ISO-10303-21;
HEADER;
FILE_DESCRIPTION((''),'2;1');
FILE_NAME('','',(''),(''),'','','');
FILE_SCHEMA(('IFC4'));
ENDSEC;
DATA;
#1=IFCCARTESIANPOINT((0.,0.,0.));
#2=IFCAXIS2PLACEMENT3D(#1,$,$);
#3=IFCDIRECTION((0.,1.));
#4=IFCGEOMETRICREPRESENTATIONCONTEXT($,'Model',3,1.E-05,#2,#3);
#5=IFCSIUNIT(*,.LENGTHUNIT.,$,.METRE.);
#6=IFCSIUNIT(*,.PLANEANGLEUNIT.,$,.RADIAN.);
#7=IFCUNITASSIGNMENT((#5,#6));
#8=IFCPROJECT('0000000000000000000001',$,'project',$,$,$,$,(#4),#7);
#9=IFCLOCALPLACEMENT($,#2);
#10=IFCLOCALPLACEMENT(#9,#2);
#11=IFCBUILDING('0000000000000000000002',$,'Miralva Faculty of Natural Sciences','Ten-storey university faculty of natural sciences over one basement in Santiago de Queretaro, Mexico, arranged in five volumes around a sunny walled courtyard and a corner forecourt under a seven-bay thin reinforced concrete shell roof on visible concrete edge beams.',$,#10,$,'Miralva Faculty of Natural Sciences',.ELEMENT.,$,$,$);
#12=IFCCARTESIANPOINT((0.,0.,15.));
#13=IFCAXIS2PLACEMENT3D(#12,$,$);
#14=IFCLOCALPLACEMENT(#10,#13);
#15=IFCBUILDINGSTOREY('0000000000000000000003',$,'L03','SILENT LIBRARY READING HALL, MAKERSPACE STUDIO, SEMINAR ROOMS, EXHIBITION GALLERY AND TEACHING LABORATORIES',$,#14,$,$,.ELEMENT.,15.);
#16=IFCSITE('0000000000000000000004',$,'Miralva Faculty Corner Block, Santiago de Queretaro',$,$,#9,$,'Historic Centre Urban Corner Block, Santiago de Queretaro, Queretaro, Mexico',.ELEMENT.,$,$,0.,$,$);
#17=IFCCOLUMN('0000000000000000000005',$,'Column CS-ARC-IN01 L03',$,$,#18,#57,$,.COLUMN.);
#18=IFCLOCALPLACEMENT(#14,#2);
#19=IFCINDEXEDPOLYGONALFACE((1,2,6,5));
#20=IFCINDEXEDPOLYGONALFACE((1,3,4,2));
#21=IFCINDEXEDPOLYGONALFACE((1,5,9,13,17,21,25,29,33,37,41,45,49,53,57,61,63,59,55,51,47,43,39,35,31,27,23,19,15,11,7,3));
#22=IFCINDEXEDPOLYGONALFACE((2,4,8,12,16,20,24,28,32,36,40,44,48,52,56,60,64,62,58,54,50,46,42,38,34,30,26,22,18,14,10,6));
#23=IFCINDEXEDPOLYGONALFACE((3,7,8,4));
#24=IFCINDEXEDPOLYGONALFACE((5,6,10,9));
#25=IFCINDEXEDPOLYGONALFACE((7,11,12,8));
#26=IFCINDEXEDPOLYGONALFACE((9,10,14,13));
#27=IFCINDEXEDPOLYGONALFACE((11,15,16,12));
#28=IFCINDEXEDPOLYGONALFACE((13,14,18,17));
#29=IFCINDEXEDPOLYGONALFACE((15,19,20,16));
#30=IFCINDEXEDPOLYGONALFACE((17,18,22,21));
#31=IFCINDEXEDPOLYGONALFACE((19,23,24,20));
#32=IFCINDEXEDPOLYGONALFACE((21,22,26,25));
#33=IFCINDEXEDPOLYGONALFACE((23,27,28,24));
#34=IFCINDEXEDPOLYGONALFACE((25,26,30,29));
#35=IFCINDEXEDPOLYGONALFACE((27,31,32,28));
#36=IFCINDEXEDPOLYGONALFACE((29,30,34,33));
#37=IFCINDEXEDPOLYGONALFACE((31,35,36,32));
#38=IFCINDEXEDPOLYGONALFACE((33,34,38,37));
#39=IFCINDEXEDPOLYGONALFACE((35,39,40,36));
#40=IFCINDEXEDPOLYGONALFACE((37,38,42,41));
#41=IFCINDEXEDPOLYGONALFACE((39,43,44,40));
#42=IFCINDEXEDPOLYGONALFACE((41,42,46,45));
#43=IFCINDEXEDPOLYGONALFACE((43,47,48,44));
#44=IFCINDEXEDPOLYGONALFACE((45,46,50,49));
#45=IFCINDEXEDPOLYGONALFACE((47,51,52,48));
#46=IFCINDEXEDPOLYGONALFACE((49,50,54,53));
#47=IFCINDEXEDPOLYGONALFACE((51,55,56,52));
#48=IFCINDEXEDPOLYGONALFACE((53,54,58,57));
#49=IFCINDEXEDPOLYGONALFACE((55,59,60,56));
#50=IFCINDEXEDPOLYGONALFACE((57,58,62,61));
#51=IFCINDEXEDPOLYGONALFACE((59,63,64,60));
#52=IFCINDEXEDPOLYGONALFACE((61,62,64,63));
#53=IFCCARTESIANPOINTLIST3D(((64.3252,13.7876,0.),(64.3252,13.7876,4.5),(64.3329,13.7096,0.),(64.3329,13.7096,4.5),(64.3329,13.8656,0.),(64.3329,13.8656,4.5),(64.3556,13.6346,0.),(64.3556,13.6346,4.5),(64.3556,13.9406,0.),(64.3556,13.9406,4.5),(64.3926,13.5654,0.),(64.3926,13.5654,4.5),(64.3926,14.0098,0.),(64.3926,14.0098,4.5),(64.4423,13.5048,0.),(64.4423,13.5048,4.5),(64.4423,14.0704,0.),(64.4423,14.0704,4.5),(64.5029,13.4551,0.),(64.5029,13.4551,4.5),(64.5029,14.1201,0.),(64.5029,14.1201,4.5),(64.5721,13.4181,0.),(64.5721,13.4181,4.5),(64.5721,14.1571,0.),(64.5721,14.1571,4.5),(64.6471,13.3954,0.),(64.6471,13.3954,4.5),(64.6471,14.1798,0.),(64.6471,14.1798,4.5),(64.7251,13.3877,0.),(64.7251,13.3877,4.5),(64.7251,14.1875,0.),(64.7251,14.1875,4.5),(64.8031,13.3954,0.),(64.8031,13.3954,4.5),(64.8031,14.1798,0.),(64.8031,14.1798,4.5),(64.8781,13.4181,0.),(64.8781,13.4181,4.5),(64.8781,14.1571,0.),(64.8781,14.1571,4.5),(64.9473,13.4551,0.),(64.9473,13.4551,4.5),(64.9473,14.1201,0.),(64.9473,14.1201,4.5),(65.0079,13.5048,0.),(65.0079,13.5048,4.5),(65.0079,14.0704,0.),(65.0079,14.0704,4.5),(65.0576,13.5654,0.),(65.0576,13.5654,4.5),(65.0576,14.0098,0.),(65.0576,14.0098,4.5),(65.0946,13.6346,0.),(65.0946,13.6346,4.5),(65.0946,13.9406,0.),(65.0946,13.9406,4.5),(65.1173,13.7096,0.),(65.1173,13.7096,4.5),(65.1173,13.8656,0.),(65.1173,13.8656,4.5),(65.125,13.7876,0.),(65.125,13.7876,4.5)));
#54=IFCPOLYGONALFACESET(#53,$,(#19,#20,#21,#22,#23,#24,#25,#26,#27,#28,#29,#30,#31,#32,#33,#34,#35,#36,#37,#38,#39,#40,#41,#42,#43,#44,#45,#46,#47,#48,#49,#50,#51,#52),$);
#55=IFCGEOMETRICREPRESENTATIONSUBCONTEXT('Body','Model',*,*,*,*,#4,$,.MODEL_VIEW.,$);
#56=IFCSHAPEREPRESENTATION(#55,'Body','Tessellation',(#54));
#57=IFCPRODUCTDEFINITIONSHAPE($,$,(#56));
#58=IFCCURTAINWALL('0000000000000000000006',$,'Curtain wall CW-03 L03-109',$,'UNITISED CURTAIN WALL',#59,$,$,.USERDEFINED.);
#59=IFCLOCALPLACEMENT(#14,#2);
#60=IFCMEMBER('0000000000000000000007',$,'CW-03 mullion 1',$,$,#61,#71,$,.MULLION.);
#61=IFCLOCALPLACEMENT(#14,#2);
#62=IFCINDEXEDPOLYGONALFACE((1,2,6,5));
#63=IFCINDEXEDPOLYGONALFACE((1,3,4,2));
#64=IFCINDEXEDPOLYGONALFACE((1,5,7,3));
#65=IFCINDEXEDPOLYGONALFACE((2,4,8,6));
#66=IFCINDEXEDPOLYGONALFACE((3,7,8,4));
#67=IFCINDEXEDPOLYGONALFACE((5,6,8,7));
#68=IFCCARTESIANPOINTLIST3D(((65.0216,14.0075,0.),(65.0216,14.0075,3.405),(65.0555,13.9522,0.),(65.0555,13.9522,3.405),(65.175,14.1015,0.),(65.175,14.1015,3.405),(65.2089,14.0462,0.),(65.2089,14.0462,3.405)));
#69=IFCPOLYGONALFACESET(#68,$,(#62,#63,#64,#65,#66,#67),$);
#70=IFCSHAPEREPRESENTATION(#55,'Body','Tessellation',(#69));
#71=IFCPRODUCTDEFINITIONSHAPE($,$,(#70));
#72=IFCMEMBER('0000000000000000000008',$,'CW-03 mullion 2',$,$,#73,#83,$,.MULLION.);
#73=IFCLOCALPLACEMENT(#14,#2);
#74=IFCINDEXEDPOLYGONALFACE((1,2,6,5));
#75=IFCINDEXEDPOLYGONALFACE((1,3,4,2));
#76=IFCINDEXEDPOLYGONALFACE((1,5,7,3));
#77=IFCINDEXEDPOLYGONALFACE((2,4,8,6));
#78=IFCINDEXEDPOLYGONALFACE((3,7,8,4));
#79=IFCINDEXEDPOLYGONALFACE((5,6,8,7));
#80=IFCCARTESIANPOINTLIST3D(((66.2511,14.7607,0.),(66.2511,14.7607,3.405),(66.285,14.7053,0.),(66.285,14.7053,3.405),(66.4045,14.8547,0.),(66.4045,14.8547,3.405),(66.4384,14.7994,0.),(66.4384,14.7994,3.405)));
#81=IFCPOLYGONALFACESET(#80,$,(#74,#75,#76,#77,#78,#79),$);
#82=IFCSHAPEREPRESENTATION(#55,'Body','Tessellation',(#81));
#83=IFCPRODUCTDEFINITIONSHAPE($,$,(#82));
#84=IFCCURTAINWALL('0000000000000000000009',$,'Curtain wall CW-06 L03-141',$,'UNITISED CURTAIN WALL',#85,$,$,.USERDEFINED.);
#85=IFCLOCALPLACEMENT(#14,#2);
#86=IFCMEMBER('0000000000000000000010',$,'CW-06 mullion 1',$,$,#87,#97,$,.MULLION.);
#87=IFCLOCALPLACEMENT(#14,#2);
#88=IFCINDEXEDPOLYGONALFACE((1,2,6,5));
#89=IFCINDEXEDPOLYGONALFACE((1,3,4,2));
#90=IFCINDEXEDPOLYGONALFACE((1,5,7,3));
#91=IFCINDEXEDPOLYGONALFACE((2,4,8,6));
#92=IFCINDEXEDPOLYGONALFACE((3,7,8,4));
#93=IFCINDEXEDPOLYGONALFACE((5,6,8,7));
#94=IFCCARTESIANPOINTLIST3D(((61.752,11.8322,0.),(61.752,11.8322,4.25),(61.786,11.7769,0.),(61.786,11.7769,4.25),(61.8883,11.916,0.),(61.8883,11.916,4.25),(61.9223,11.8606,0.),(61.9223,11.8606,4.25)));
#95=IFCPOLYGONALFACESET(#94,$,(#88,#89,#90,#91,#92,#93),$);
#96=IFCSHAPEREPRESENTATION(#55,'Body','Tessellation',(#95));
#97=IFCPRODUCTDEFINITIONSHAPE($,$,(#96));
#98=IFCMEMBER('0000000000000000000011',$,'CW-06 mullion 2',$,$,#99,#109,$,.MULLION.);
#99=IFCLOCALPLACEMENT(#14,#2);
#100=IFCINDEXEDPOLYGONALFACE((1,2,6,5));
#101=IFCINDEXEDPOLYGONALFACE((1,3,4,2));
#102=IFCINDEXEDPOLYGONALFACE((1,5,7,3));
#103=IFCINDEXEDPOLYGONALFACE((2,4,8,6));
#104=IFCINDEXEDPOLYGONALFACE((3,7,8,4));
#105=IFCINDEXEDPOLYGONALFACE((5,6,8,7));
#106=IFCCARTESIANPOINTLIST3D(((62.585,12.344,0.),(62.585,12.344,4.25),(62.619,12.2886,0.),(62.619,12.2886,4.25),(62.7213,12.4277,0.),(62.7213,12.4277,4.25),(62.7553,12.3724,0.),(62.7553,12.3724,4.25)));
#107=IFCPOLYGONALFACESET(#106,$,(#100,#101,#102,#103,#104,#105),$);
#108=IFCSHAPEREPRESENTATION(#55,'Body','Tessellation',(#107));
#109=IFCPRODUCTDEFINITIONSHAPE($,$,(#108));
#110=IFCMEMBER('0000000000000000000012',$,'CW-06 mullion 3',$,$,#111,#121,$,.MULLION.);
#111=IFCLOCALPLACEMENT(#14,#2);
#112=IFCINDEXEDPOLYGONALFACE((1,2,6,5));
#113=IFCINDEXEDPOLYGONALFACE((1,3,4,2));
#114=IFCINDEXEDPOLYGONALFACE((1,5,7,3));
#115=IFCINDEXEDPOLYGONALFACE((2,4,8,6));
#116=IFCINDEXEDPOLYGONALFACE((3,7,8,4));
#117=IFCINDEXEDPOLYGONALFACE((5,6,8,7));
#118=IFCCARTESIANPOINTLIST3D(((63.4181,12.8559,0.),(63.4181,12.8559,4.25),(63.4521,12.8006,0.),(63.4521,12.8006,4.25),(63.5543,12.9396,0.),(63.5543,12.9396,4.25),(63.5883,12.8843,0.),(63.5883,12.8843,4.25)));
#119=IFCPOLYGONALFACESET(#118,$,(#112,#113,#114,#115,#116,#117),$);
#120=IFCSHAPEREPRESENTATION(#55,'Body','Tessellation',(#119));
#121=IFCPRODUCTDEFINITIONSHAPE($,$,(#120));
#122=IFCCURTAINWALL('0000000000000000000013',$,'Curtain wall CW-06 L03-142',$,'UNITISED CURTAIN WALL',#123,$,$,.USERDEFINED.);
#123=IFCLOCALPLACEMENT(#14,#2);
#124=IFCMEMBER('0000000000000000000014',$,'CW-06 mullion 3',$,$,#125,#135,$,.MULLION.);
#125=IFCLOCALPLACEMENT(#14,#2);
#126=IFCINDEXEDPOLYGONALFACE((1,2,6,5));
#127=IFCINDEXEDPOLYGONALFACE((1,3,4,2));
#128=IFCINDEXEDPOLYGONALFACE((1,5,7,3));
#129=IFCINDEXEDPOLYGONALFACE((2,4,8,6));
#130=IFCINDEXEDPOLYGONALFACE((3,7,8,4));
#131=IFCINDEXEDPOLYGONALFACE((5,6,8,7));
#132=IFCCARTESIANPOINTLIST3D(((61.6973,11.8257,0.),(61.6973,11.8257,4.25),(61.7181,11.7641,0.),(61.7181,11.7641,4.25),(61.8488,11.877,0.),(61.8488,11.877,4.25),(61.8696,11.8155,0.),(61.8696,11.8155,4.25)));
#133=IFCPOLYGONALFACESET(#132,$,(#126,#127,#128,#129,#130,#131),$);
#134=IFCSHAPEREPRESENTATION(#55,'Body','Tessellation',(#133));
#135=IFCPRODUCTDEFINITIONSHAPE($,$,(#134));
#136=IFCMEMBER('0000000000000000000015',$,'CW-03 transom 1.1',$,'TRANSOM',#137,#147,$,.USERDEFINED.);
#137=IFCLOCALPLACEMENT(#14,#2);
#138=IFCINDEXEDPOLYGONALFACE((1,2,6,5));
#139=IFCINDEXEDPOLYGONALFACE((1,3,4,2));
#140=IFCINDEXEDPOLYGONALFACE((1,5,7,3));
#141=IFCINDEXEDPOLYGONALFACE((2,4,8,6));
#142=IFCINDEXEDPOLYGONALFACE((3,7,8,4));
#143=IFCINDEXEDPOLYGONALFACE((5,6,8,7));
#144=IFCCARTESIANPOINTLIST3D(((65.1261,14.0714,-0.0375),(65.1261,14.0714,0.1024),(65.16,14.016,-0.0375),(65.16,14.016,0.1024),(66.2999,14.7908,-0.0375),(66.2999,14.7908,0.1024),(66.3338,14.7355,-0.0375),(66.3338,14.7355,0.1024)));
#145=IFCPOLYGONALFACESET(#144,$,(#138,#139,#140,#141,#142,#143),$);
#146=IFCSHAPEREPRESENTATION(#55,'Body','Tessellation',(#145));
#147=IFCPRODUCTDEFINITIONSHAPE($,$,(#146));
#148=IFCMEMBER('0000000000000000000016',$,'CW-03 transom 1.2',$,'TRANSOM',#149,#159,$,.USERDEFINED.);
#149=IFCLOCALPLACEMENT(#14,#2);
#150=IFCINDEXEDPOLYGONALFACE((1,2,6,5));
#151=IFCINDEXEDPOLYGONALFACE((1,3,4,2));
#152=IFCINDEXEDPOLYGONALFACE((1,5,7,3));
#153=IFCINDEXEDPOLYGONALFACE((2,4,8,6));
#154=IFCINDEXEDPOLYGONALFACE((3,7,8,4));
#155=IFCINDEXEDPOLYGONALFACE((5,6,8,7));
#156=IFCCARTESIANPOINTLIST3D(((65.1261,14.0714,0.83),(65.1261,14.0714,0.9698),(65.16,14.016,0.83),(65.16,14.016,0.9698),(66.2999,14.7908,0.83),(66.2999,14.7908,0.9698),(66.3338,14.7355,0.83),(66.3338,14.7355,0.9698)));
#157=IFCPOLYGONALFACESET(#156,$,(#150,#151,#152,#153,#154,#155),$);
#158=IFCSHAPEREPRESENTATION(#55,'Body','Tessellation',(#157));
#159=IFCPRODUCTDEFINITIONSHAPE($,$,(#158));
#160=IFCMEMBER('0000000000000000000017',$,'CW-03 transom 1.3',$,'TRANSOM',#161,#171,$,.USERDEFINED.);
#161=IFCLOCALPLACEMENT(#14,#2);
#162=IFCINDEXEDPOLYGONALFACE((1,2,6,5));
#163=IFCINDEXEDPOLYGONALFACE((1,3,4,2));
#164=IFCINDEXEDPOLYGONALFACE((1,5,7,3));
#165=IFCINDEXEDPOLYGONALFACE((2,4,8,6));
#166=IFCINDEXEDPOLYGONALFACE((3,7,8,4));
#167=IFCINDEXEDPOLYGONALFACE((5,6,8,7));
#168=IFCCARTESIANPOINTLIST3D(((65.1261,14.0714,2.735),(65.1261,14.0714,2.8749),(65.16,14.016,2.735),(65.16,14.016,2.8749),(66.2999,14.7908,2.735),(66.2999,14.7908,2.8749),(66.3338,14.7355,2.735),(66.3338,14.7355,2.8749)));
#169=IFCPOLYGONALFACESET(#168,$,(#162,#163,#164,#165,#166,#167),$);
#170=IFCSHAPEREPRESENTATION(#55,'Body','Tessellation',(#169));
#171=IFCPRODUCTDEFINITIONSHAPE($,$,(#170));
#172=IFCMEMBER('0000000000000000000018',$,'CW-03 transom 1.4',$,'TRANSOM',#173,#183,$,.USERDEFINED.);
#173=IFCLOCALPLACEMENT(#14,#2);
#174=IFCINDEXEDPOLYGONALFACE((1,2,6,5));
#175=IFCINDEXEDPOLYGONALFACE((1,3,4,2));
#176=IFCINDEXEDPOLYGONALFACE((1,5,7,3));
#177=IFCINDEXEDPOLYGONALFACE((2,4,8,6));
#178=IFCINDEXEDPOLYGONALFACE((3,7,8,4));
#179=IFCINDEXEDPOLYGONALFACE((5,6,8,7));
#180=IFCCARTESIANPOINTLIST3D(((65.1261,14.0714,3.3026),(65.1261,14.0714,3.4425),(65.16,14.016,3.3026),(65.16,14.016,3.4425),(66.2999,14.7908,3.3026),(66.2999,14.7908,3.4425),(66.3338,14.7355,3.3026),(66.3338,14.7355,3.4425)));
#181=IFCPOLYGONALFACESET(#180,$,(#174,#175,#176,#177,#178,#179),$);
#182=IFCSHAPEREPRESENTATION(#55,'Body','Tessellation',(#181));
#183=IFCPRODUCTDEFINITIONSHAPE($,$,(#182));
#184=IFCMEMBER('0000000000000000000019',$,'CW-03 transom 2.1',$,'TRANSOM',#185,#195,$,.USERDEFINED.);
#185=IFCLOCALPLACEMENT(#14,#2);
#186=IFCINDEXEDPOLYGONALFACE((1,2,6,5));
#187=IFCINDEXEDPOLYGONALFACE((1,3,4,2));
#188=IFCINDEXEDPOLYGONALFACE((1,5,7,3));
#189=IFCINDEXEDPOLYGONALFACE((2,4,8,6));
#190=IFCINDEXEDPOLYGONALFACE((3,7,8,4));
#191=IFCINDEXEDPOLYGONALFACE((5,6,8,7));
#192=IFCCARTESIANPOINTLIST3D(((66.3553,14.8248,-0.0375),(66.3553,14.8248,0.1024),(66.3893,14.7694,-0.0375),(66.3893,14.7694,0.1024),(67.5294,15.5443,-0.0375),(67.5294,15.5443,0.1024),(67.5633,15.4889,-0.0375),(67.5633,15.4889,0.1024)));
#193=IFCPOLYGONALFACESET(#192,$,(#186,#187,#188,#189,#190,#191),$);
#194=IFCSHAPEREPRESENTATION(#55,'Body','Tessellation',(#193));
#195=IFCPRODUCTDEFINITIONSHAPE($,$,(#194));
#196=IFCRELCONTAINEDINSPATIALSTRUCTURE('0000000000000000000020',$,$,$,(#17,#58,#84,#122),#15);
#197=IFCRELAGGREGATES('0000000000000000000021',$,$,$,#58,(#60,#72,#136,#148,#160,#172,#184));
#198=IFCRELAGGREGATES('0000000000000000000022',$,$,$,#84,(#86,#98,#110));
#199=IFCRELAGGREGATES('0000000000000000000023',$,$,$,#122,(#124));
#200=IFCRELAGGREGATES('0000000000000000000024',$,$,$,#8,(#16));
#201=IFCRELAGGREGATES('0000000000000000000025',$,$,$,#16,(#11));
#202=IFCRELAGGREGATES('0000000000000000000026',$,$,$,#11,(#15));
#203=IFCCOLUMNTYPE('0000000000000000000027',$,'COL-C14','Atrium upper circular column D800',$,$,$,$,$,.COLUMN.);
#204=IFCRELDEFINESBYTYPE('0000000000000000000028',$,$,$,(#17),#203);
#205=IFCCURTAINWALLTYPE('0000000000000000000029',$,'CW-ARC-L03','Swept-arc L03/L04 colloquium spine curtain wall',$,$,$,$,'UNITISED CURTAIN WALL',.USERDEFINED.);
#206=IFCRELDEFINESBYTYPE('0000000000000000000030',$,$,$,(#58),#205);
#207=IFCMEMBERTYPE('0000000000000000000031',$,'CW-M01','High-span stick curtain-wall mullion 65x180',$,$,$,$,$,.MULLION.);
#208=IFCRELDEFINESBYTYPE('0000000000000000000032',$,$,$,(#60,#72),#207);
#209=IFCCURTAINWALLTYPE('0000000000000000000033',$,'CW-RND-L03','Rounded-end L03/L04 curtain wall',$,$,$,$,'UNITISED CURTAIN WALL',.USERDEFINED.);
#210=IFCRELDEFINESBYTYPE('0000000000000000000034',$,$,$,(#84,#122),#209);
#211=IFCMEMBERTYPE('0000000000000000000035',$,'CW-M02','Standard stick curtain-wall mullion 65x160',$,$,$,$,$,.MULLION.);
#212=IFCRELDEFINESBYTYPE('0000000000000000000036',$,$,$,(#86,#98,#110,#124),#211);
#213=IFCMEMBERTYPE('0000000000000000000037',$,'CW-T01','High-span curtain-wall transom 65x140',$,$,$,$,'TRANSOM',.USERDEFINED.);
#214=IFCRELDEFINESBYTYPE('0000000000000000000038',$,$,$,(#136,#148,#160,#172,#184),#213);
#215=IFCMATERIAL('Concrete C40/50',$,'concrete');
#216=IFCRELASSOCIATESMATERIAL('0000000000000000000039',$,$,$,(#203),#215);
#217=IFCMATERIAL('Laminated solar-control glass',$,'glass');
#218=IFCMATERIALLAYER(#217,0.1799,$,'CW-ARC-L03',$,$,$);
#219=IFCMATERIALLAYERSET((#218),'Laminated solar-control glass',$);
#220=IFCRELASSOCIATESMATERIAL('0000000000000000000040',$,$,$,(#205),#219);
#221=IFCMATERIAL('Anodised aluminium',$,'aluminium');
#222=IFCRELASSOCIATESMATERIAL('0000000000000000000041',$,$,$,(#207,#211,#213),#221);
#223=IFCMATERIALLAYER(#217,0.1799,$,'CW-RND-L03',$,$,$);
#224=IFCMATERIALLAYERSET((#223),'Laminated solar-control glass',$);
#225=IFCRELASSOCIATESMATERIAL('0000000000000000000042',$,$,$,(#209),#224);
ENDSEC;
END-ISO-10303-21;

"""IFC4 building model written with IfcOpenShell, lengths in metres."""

from ifc_helpers import new_model, si_unit, direction, frame, origin, origin_2d, place, context, subcontext, project, spatial, rectangle, circle, extrude, material, layer, layer_set, material_profile, profile_set, type_object, element, aggregate, save


model = new_model("IFC4")

# Units and contexts
model_context = context("Model", 3, precision=1e-05, world=origin(), true_north=direction((0.0, 1.0)))
body_context = subcontext(model_context, "Body", "Model", "MODEL_VIEW")
ifc_project = project(units=[si_unit("LENGTHUNIT", "METRE"), si_unit("PLANEANGLEUNIT", "RADIAN")], contexts=[model_context])

# Site, building, storey
site_placement = place(None, origin())
site = spatial("IfcSite", under=ifc_project, at=site_placement, Name="Miralva Faculty Corner Block, Santiago de Queretaro", LongName="Historic Centre Urban Corner Block, Santiago de Queretaro, Queretaro, Mexico", CompositionType="ELEMENT", RefElevation=0.0)
building_placement = place(site_placement, origin())
building = spatial("IfcBuilding", under=site, at=building_placement, Name="Miralva Faculty of Natural Sciences", Description="Ten-storey university faculty of natural sciences over one basement in Santiago de Queretaro, Mexico, arranged in five volumes around a sunny walled courtyard and a corner forecourt under a seven-bay thin reinforced concrete shell roof on visible concrete edge beams.", LongName="Miralva Faculty of Natural Sciences", CompositionType="ELEMENT")
storey_placement = place(building_placement, frame((0.0, 0.0, 15.0)))
storey = spatial("IfcBuildingStorey", under=building, at=storey_placement, Name="L03", Description="SILENT LIBRARY READING HALL, MAKERSPACE STUDIO, SEMINAR ROOMS, EXHIBITION GALLERY AND TEACHING LABORATORIES", CompositionType="ELEMENT", Elevation=15.0)

# Column
ifc_material_1 = material(Name="Concrete C40/50", Category="concrete")
ifc_material_profile_1 = material_profile(ifc_material_1, circle(Radius=0.3999, at=origin_2d()), Name="RC DIA 800")
ifc_profile_set_1 = profile_set([ifc_material_profile_1], Name="Concrete C40/50")
column_type = type_object("IfcColumnType", Name="COL-C14", Description="Atrium upper circular column D800", PredefinedType="COLUMN", material=ifc_profile_set_1)
column_placement = place(storey_placement, frame((64.7251, 13.7876, 0.0), z_axis=(0.0, 0.0, 1.0), x_axis=(1.0, 0.0, 0.0)))
element("IfcColumn", 1, at=column_placement, inside=storey, type_object=column_type, Name="Column CS-ARC-IN01 L03", PredefinedType="COLUMN", context=body_context, shape_type="SweptSolid", body=[
    extrude(circle(Radius=0.3999, at=origin_2d()), origin(), (0.0, 0.0, 1.0), 4.5),
])

# Curtain walls, members
ifc_material_2 = material(Name="Laminated solar-control glass", Category="glass")
ifc_layer_1 = layer(ifc_material_2, 0.1799, Name="CW-ARC-L03")
ifc_layer_set_1 = layer_set([ifc_layer_1], Name="Laminated solar-control glass")
curtain_wall_type_1 = type_object("IfcCurtainWallType", Name="CW-ARC-L03", Description="Swept-arc L03/L04 colloquium spine curtain wall", ElementType="UNITISED CURTAIN WALL", PredefinedType="USERDEFINED", material=ifc_layer_set_1)
curtain_wall_1_placement = place(storey_placement, origin())
curtain_wall_1 = element("IfcCurtainWall", 2, at=curtain_wall_1_placement, inside=storey, type_object=curtain_wall_type_1, Name="Curtain wall CW-03 L03-109", ObjectType="UNITISED CURTAIN WALL", PredefinedType="USERDEFINED")
ifc_material_3 = material(Name="Anodised aluminium", Category="aluminium")
ifc_material_profile_2 = material_profile(ifc_material_3, rectangle(XDim=0.0649, YDim=0.1799, at=origin_2d()), Name="MULLION 65x180")
ifc_profile_set_2 = profile_set([ifc_material_profile_2], Name="Anodised aluminium")
member_type_1 = type_object("IfcMemberType", Name="CW-M01", Description="High-span stick curtain-wall mullion 65x180", PredefinedType="MULLION", material=ifc_profile_set_2)
member_1_placement = place(storey_placement, frame((65.1152, 14.0269, 0.0), z_axis=(0.0, 0.0, 1.0), x_axis=(-0.522498, 0.852641, 0.0)))
member_1 = element("IfcMember", 3, at=member_1_placement, type_object=member_type_1, Name="CW-03 mullion 1", PredefinedType="MULLION", context=body_context, shape_type="SweptSolid", body=[
    extrude(rectangle(XDim=0.0649, YDim=0.1799, at=origin_2d()), origin(), (0.0, 0.0, 1.0), 3.405),
])
member_2_placement = place(storey_placement, frame((66.3447, 14.78, 0.0), z_axis=(0.0, 0.0, 1.0), x_axis=(-0.522498, 0.852641, 0.0)))
member_2 = element("IfcMember", 4, at=member_2_placement, type_object=member_type_1, Name="CW-03 mullion 2", PredefinedType="MULLION", context=body_context, shape_type="SweptSolid", body=[
    extrude(rectangle(XDim=0.0649, YDim=0.1799, at=origin_2d()), origin(), (0.0, 0.0, 1.0), 3.405),
])
ifc_layer_2 = layer(ifc_material_2, 0.1799, Name="CW-RND-L03")
ifc_layer_set_2 = layer_set([ifc_layer_2], Name="Laminated solar-control glass")
curtain_wall_type_2 = type_object("IfcCurtainWallType", Name="CW-RND-L03", Description="Rounded-end L03/L04 curtain wall", ElementType="UNITISED CURTAIN WALL", PredefinedType="USERDEFINED", material=ifc_layer_set_2)
curtain_wall_2_placement = place(storey_placement, origin())
curtain_wall_2 = element("IfcCurtainWall", 5, at=curtain_wall_2_placement, inside=storey, type_object=curtain_wall_type_2, Name="Curtain wall CW-06 L03-141", ObjectType="UNITISED CURTAIN WALL", PredefinedType="USERDEFINED")
ifc_material_profile_3 = material_profile(ifc_material_3, rectangle(XDim=0.0649, YDim=0.1599, at=origin_2d()), Name="MULLION 65x160")
ifc_profile_set_3 = profile_set([ifc_material_profile_3], Name="Anodised aluminium")
member_type_2 = type_object("IfcMemberType", Name="CW-M02", Description="Standard stick curtain-wall mullion 65x160", PredefinedType="MULLION", material=ifc_profile_set_3)
member_3_placement = place(storey_placement, frame((61.8372, 11.8464, 0.0), z_axis=(0.0, 0.0, 1.0), x_axis=(-0.523551, 0.851995, 0.0)))
member_3 = element("IfcMember", 6, at=member_3_placement, type_object=member_type_2, Name="CW-06 mullion 1", PredefinedType="MULLION", context=body_context, shape_type="SweptSolid", body=[
    extrude(rectangle(XDim=0.0649, YDim=0.1599, at=origin_2d()), origin(), (0.0, 0.0, 1.0), 4.25),
])
member_4_placement = place(storey_placement, frame((62.6702, 12.3582, 0.0), z_axis=(0.0, 0.0, 1.0), x_axis=(-0.523551, 0.851995, 0.0)))
member_4 = element("IfcMember", 7, at=member_4_placement, type_object=member_type_2, Name="CW-06 mullion 2", PredefinedType="MULLION", context=body_context, shape_type="SweptSolid", body=[
    extrude(rectangle(XDim=0.0649, YDim=0.1599, at=origin_2d()), origin(), (0.0, 0.0, 1.0), 4.25),
])
member_5_placement = place(storey_placement, frame((63.5032, 12.8701, 0.0), z_axis=(0.0, 0.0, 1.0), x_axis=(-0.523551, 0.851995, 0.0)))
member_5 = element("IfcMember", 8, at=member_5_placement, type_object=member_type_2, Name="CW-06 mullion 3", PredefinedType="MULLION", context=body_context, shape_type="SweptSolid", body=[
    extrude(rectangle(XDim=0.0649, YDim=0.1599, at=origin_2d()), origin(), (0.0, 0.0, 1.0), 4.25),
])

# Curtain wall, member
curtain_wall_3_placement = place(storey_placement, origin())
curtain_wall_3 = element("IfcCurtainWall", 9, at=curtain_wall_3_placement, inside=storey, type_object=curtain_wall_type_2, Name="Curtain wall CW-06 L03-142", ObjectType="UNITISED CURTAIN WALL", PredefinedType="USERDEFINED")
member_6_placement = place(storey_placement, frame((61.7834, 11.8206, 0.0), z_axis=(0.0, 0.0, 1.0), x_axis=(-0.320842, 0.947133, 0.0)))
member_6 = element("IfcMember", 10, at=member_6_placement, type_object=member_type_2, Name="CW-06 mullion 3", PredefinedType="MULLION", context=body_context, shape_type="SweptSolid", body=[
    extrude(rectangle(XDim=0.0649, YDim=0.1599, at=origin_2d()), origin(), (0.0, 0.0, 1.0), 4.25),
])

# Members
ifc_material_profile_4 = material_profile(ifc_material_3, rectangle(XDim=0.0649, YDim=0.1399, at=origin_2d()), Name="TRANSOM 65x140")
ifc_profile_set_4 = profile_set([ifc_material_profile_4], Name="Anodised aluminium")
member_type_3 = type_object("IfcMemberType", Name="CW-T01", Description="High-span curtain-wall transom 65x140", ElementType="TRANSOM", PredefinedType="USERDEFINED", material=ifc_profile_set_4)
member_7_placement = place(storey_placement, frame((65.1431, 14.0437, 0.0325), z_axis=(0.852589, 0.522583, 0.0), x_axis=(-0.522583, 0.852589, 0.0)))
member_7 = element("IfcMember", 11, at=member_7_placement, type_object=member_type_3, Name="CW-03 transom 1.1", ObjectType="TRANSOM", PredefinedType="USERDEFINED", context=body_context, shape_type="SweptSolid", body=[
    extrude(rectangle(XDim=0.0649, YDim=0.1399, at=origin_2d()), origin(), (0.0, 0.0, 1.0), 1.3767),
])
member_8_placement = place(storey_placement, frame((65.1431, 14.0437, 0.8999), z_axis=(0.852589, 0.522583, 0.0), x_axis=(-0.522583, 0.852589, 0.0)))
member_8 = element("IfcMember", 12, at=member_8_placement, type_object=member_type_3, Name="CW-03 transom 1.2", ObjectType="TRANSOM", PredefinedType="USERDEFINED", context=body_context, shape_type="SweptSolid", body=[
    extrude(rectangle(XDim=0.0649, YDim=0.1399, at=origin_2d()), origin(), (0.0, 0.0, 1.0), 1.3767),
])
member_9_placement = place(storey_placement, frame((65.1431, 14.0437, 2.8049), z_axis=(0.852589, 0.522583, 0.0), x_axis=(-0.522583, 0.852589, 0.0)))
member_9 = element("IfcMember", 13, at=member_9_placement, type_object=member_type_3, Name="CW-03 transom 1.3", ObjectType="TRANSOM", PredefinedType="USERDEFINED", context=body_context, shape_type="SweptSolid", body=[
    extrude(rectangle(XDim=0.0649, YDim=0.1399, at=origin_2d()), origin(), (0.0, 0.0, 1.0), 1.3767),
])
member_10_placement = place(storey_placement, frame((65.1431, 14.0437, 3.3726), z_axis=(0.852589, 0.522583, 0.0), x_axis=(-0.522583, 0.852589, 0.0)))
member_10 = element("IfcMember", 14, at=member_10_placement, type_object=member_type_3, Name="CW-03 transom 1.4", ObjectType="TRANSOM", PredefinedType="USERDEFINED", context=body_context, shape_type="SweptSolid", body=[
    extrude(rectangle(XDim=0.0649, YDim=0.1399, at=origin_2d()), origin(), (0.0, 0.0, 1.0), 1.3767),
])
member_11_placement = place(storey_placement, frame((66.3723, 14.7971, 0.0325), z_axis=(0.852637, 0.522504, 0.0), x_axis=(-0.522504, 0.852637, 0.0)))
member_11 = element("IfcMember", 15, at=member_11_placement, type_object=member_type_3, Name="CW-03 transom 2.1", ObjectType="TRANSOM", PredefinedType="USERDEFINED", context=body_context, shape_type="SweptSolid", body=[
    extrude(rectangle(XDim=0.0649, YDim=0.1399, at=origin_2d()), origin(), (0.0, 0.0, 1.0), 1.377),
])

aggregate(curtain_wall_1, [member_1, member_2, member_7, member_8, member_9, member_10, member_11])
aggregate(curtain_wall_2, [member_3, member_4, member_5])
aggregate(curtain_wall_3, [member_6])

save(model, "model.ifc")
